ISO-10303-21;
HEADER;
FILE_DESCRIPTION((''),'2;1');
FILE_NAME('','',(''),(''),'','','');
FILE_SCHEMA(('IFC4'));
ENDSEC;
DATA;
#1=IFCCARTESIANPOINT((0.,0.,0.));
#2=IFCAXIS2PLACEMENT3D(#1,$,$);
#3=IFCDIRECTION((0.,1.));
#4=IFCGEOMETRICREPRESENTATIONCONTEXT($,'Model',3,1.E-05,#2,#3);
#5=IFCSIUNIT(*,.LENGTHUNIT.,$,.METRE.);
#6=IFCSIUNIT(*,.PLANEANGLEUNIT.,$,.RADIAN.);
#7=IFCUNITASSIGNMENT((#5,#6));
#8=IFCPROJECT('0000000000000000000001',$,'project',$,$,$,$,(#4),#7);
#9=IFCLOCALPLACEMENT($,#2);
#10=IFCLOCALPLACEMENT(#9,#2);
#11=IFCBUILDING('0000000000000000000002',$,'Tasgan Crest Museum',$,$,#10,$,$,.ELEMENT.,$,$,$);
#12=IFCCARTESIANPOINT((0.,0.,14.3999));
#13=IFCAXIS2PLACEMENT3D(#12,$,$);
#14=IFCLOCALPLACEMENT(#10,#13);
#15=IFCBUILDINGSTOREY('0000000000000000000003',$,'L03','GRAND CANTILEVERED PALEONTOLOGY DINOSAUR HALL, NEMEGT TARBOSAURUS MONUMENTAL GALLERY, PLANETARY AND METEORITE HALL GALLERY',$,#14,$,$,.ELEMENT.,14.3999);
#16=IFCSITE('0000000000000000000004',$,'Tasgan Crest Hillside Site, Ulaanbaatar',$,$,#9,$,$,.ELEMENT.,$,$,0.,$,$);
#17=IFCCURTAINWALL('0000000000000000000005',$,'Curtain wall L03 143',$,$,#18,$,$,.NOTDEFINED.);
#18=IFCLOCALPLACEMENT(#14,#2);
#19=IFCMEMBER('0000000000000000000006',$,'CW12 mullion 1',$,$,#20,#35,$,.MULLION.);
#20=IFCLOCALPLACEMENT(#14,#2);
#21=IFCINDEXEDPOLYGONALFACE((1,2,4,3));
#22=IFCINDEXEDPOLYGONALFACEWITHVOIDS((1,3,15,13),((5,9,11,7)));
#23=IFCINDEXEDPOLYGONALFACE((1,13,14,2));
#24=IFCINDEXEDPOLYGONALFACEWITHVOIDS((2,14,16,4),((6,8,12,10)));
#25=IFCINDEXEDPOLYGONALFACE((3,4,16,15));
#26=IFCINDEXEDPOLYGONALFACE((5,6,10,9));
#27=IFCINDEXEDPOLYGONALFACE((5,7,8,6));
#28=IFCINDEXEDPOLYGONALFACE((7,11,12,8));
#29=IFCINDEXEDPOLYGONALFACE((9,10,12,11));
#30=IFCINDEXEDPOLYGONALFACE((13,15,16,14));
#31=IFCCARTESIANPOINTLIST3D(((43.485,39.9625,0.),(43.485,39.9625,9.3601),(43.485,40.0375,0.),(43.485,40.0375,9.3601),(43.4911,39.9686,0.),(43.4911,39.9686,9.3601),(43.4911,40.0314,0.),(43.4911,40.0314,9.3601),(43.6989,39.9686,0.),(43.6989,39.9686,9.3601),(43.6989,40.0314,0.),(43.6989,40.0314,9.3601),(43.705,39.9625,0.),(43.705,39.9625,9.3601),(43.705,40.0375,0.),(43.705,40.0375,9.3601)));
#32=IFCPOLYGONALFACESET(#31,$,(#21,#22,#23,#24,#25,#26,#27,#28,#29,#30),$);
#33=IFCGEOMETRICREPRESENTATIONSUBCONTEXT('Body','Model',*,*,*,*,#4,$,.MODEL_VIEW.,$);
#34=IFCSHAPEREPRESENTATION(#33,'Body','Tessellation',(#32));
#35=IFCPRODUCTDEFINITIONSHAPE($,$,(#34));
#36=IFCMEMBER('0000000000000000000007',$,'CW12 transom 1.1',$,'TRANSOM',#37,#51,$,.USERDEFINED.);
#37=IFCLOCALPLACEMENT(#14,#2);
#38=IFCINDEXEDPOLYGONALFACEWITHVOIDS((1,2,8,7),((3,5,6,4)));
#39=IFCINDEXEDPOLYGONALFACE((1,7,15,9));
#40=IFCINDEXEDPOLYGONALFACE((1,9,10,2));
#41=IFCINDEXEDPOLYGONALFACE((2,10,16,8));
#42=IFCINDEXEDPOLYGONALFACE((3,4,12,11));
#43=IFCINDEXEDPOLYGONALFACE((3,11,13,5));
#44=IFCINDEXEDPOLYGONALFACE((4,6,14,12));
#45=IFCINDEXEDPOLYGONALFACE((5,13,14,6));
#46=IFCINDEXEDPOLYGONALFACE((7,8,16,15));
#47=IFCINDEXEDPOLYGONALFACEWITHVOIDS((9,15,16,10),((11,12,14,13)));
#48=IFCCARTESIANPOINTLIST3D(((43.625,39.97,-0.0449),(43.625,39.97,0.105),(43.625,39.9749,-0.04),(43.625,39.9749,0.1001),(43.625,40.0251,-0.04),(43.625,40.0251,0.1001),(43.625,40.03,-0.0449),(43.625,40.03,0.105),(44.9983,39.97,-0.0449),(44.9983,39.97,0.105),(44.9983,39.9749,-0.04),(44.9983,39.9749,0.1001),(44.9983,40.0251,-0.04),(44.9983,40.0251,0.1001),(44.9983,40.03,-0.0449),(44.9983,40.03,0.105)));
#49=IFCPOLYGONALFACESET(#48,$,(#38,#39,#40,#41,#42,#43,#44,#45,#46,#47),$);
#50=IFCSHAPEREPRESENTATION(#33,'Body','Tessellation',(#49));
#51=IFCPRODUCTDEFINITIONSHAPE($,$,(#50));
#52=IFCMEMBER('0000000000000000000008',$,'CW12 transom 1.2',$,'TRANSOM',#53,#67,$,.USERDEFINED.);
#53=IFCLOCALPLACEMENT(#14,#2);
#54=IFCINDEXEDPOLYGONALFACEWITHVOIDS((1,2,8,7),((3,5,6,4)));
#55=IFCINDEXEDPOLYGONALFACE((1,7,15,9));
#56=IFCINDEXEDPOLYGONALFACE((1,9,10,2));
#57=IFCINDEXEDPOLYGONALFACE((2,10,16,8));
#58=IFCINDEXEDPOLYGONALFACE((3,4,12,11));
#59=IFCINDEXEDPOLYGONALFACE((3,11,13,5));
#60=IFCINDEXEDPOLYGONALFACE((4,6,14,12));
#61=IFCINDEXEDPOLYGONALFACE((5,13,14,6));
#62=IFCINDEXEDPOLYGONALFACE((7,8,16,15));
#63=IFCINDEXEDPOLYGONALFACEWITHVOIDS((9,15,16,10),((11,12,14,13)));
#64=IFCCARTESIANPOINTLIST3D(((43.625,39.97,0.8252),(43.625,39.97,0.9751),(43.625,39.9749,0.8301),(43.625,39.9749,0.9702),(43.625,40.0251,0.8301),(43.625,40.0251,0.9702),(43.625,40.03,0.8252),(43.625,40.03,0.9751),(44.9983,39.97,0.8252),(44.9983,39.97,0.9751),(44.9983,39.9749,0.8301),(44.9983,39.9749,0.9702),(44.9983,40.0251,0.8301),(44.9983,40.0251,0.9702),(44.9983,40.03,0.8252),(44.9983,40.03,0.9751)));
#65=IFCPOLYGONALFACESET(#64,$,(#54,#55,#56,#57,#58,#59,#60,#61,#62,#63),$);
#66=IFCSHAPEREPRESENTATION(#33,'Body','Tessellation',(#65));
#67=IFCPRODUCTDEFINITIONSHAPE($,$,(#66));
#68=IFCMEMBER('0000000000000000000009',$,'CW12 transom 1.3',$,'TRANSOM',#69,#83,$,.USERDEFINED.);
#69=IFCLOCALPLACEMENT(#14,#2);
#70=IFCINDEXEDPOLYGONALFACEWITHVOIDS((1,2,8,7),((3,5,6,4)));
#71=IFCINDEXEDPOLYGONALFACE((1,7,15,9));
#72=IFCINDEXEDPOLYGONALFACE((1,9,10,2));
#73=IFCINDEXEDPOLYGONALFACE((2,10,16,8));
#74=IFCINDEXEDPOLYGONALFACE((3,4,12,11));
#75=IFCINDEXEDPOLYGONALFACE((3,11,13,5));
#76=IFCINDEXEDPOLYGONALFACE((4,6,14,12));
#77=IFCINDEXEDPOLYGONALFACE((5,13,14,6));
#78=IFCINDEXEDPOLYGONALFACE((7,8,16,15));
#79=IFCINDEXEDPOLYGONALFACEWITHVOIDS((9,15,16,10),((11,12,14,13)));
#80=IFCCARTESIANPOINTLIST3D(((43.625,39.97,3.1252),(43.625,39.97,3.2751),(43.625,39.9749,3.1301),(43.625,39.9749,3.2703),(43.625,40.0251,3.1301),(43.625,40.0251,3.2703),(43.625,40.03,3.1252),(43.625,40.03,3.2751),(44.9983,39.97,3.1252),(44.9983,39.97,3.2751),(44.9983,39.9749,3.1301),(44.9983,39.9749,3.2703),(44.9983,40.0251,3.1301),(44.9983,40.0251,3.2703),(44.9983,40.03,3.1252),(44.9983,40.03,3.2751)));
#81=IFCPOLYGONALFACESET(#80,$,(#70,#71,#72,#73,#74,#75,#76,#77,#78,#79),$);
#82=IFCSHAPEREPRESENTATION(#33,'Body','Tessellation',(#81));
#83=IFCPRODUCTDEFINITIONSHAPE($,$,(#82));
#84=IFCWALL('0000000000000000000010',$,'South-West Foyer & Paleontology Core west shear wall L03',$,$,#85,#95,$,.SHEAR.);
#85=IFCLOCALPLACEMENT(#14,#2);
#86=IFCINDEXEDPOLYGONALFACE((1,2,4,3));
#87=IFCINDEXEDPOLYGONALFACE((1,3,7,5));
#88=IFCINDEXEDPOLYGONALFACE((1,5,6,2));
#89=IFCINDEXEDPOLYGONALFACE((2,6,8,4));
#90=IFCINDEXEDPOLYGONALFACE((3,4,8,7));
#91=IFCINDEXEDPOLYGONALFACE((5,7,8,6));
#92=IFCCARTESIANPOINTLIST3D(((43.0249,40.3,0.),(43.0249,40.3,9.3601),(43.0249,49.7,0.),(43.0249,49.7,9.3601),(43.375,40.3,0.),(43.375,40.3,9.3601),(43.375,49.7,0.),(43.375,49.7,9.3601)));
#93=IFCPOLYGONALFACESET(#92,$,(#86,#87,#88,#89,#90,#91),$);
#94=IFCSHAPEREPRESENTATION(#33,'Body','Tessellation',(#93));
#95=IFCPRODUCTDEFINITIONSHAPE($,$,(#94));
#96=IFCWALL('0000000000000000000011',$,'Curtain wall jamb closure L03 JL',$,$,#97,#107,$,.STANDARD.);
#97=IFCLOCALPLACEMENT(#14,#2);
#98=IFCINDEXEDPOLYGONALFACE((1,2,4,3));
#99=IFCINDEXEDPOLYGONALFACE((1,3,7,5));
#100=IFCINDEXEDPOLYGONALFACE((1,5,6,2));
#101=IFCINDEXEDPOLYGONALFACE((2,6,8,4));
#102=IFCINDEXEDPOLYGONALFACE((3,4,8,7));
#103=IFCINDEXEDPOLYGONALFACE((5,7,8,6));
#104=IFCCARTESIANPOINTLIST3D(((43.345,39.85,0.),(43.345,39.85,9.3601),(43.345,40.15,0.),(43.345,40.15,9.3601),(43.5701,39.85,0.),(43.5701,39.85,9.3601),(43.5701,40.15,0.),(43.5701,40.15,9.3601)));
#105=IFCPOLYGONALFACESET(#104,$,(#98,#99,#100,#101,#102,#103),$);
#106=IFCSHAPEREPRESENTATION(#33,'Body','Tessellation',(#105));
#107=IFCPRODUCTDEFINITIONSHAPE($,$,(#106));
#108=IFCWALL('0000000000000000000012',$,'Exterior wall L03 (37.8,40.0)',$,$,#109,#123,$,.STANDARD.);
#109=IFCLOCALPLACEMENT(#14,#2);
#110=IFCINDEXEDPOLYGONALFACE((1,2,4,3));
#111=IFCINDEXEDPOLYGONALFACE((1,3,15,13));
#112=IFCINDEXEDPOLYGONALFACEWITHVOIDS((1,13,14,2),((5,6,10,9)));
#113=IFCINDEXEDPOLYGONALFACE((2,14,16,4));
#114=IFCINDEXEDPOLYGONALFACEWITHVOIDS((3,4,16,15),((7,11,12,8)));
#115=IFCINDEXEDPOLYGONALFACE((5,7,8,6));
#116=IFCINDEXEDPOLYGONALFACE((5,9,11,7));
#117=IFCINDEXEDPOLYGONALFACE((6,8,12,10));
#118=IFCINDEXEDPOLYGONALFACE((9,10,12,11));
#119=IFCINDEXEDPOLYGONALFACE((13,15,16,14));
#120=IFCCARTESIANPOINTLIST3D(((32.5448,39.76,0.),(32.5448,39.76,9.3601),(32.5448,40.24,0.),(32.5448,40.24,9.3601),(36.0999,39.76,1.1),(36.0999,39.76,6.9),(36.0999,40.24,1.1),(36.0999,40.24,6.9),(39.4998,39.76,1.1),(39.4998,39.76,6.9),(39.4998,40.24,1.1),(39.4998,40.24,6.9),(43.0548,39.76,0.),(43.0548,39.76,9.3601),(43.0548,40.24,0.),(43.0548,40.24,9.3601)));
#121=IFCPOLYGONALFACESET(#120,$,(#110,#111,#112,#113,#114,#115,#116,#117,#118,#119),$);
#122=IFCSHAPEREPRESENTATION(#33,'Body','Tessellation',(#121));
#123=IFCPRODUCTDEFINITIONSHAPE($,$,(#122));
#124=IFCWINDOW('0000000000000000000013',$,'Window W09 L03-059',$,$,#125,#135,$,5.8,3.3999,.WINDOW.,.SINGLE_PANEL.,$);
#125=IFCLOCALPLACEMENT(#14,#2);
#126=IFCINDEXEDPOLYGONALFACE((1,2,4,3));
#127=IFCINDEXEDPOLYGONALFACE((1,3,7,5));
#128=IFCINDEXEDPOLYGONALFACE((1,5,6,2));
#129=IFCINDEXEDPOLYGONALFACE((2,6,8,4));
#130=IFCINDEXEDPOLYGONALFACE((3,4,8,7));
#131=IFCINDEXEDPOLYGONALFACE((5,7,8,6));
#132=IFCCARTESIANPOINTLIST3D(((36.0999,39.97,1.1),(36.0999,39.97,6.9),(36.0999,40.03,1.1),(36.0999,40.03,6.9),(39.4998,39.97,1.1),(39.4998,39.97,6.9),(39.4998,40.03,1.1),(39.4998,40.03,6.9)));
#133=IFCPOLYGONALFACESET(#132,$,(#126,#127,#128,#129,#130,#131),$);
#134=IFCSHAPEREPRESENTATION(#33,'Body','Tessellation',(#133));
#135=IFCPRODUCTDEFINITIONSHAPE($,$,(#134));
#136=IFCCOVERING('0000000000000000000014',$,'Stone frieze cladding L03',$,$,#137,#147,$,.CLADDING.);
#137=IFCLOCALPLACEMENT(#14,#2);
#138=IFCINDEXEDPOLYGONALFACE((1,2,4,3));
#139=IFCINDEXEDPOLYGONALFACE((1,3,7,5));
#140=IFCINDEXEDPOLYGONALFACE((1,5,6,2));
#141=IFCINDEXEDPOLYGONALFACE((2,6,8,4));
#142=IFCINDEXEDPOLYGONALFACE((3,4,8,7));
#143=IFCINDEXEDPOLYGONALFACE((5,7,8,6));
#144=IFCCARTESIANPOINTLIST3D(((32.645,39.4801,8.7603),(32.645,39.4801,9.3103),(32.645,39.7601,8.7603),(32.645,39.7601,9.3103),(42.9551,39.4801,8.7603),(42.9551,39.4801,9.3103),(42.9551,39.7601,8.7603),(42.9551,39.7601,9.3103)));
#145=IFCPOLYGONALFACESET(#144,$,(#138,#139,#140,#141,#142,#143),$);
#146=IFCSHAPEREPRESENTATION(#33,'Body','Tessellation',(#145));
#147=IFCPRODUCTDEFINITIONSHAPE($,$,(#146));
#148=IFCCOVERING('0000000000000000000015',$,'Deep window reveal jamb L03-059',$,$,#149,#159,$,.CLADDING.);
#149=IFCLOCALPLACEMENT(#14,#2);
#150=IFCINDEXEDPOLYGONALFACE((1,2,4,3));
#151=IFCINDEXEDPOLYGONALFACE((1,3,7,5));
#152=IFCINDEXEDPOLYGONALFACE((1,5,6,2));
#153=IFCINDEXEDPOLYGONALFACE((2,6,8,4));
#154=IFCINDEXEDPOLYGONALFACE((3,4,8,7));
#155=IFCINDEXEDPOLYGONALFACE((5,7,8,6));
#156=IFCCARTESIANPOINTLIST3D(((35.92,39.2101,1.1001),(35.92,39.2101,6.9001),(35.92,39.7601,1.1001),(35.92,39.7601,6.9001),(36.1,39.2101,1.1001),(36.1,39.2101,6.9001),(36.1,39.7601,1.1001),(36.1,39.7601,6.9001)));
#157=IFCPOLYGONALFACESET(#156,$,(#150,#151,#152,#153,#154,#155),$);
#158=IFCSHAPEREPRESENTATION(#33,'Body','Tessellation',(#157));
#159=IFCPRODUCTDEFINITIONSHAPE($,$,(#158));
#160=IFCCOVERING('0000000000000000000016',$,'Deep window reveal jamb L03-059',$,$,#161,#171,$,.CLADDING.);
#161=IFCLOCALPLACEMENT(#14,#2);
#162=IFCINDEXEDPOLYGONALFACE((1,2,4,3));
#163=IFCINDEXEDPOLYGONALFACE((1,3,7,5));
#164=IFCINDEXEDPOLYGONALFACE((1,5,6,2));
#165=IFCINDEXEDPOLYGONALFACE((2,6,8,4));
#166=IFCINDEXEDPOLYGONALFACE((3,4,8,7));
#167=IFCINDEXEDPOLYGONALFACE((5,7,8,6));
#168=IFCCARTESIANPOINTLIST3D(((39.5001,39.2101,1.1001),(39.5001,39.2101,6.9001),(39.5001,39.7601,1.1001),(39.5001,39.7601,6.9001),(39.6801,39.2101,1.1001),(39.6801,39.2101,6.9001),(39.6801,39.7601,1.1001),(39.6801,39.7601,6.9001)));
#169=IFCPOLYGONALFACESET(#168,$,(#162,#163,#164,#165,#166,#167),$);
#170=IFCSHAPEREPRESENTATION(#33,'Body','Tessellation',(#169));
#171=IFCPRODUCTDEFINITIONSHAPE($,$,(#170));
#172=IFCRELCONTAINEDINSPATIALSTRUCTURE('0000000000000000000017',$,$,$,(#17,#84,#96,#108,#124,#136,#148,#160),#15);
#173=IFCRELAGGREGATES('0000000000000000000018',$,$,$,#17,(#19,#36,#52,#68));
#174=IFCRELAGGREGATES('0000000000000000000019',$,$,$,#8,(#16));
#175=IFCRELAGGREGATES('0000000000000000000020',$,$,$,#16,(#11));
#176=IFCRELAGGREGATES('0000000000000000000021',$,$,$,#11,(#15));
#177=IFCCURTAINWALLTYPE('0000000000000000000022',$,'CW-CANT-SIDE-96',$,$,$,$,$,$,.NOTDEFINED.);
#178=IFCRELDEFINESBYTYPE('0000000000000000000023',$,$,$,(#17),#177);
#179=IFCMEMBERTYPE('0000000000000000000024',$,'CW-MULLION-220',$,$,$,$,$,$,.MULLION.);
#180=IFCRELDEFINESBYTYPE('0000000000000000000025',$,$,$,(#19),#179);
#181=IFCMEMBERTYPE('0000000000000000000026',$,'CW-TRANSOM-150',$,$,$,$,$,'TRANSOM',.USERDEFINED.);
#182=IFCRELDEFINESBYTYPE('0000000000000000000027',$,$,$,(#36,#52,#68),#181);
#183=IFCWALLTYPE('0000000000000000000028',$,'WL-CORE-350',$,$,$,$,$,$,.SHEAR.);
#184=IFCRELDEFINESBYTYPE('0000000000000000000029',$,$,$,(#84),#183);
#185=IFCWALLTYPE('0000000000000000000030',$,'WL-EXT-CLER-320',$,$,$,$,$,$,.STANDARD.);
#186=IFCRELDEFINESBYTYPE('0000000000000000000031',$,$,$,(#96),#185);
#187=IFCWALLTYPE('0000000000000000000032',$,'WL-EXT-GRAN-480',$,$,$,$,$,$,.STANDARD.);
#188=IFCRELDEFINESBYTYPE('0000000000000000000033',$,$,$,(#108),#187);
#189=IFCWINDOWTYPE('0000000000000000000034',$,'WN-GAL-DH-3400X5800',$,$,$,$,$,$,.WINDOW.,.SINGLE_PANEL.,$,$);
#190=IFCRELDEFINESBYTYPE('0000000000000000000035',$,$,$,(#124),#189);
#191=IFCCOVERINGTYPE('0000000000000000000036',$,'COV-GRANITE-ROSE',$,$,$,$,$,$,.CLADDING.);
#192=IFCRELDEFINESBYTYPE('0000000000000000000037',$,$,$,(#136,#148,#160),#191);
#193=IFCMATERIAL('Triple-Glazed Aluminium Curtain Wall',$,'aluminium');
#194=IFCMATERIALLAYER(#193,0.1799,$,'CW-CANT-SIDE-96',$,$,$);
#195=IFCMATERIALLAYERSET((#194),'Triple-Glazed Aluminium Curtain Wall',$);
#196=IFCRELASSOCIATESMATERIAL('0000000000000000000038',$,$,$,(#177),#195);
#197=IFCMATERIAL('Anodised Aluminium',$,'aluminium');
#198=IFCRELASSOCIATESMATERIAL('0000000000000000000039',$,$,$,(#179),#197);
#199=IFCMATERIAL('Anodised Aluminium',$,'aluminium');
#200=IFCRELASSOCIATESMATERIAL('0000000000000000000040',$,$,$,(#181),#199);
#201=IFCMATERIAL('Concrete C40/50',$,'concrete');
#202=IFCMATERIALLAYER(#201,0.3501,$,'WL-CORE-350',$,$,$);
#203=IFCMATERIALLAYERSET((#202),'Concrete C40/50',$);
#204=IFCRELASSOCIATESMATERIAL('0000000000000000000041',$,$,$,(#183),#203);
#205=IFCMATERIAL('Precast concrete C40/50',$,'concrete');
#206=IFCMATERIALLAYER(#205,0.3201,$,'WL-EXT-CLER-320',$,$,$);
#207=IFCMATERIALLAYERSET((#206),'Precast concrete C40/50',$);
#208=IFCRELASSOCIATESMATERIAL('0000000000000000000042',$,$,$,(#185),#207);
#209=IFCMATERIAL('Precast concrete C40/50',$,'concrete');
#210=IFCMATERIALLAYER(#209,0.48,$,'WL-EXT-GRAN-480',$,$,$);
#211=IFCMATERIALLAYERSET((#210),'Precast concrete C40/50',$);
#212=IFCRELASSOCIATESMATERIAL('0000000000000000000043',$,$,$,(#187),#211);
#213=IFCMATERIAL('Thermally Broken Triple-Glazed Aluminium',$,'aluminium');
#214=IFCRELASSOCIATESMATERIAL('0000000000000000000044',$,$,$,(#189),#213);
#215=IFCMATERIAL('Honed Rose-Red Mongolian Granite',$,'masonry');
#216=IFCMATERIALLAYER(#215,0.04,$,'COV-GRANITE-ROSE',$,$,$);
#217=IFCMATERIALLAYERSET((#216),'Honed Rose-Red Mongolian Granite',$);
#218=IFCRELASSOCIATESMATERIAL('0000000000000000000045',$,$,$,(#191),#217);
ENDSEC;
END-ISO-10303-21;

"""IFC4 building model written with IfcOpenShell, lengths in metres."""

from ifc_helpers import new_model, si_unit, direction, frame, frame_2d, origin, origin_2d, place, context, subcontext, project, spatial, rectangle, hollow_rectangle, extrude, material, layer, layer_set, material_profile, profile_set, type_object, element, fill, aggregate, save


model = new_model("IFC4")

# Units and contexts
model_context = context("Model", 3, precision=1e-05, world=origin(), true_north=direction((0.0, 1.0)))
body_context = subcontext(model_context, "Body", "Model", "MODEL_VIEW")
ifc_project = project(units=[si_unit("LENGTHUNIT", "METRE"), si_unit("PLANEANGLEUNIT", "RADIAN")], contexts=[model_context])

# Site, building, storey
site_placement = place(None, origin())
site = spatial("IfcSite", under=ifc_project, at=site_placement, Name="Tasgan Crest Hillside Site, Ulaanbaatar", CompositionType="ELEMENT", RefElevation=0.0)
building_placement = place(site_placement, origin())
building = spatial("IfcBuilding", under=site, at=building_placement, Name="Tasgan Crest Museum", CompositionType="ELEMENT")
storey_placement = place(building_placement, frame((0.0, 0.0, 14.3999)))
storey = spatial("IfcBuildingStorey", under=building, at=storey_placement, Name="L03", Description="GRAND CANTILEVERED PALEONTOLOGY DINOSAUR HALL, NEMEGT TARBOSAURUS MONUMENTAL GALLERY, PLANETARY AND METEORITE HALL GALLERY", CompositionType="ELEMENT", Elevation=14.3999)

# Curtain wall, members
ifc_material_1 = material(Name="Triple-Glazed Aluminium Curtain Wall", Category="aluminium")
ifc_layer_1 = layer(ifc_material_1, 0.1799, Name="CW-CANT-SIDE-96")
ifc_layer_set_1 = layer_set([ifc_layer_1], Name="Triple-Glazed Aluminium Curtain Wall")
curtain_wall_type = type_object("IfcCurtainWallType", Name="CW-CANT-SIDE-96", PredefinedType="NOTDEFINED", material=ifc_layer_set_1)
curtain_wall_placement = place(storey_placement, origin())
curtain_wall = element("IfcCurtainWall", 1, at=curtain_wall_placement, inside=storey, type_object=curtain_wall_type, Name="Curtain wall L03 143", PredefinedType="NOTDEFINED")
ifc_material_2 = material(Name="Anodised Aluminium", Category="aluminium")
ifc_material_profile_1 = material_profile(ifc_material_2, hollow_rectangle(XDim=0.075, YDim=0.22, WallThickness=0.0061, at=origin_2d()), Name="ALU MULLION 220x75x6")
ifc_profile_set_1 = profile_set([ifc_material_profile_1], Name="Anodised Aluminium")
member_type_1 = type_object("IfcMemberType", Name="CW-MULLION-220", PredefinedType="MULLION", material=ifc_profile_set_1)
member_1_placement = place(storey_placement, frame((43.595, 40.0, 0.0), z_axis=(0.0, 0.0, 1.0), x_axis=(0.0, 1.0, 0.0)))
member_1 = element("IfcMember", 2, at=member_1_placement, type_object=member_type_1, Name="CW12 mullion 1", PredefinedType="MULLION", context=body_context, shape_type="SweptSolid", body=[
    extrude(hollow_rectangle(XDim=0.075, YDim=0.22, WallThickness=0.0061, at=origin_2d()), origin(), (0.0, 0.0, 1.0), 9.3601),
])
ifc_material_3 = material(Name="Anodised Aluminium", Category="aluminium")
ifc_material_profile_2 = material_profile(ifc_material_3, hollow_rectangle(XDim=0.0601, YDim=0.1499, WallThickness=0.0049, at=origin_2d()), Name="ALU TRANSOM 150x60x5")
ifc_profile_set_2 = profile_set([ifc_material_profile_2], Name="Anodised Aluminium")
member_type_2 = type_object("IfcMemberType", Name="CW-TRANSOM-150", ElementType="TRANSOM", PredefinedType="USERDEFINED", material=ifc_profile_set_2)
member_2_placement = place(storey_placement, frame((43.625, 40.0, 0.03), z_axis=(1.0, 0.0, 0.0), x_axis=(0.0, 1.0, 0.0)))
member_2 = element("IfcMember", 3, at=member_2_placement, type_object=member_type_2, Name="CW12 transom 1.1", ObjectType="TRANSOM", PredefinedType="USERDEFINED", context=body_context, shape_type="SweptSolid", body=[
    extrude(hollow_rectangle(XDim=0.0601, YDim=0.1499, WallThickness=0.0049, at=origin_2d()), origin(), (0.0, 0.0, 1.0), 1.3733),
])
member_3_placement = place(storey_placement, frame((43.625, 40.0, 0.9001), z_axis=(1.0, 0.0, 0.0), x_axis=(0.0, 1.0, 0.0)))
member_3 = element("IfcMember", 4, at=member_3_placement, type_object=member_type_2, Name="CW12 transom 1.2", ObjectType="TRANSOM", PredefinedType="USERDEFINED", context=body_context, shape_type="SweptSolid", body=[
    extrude(hollow_rectangle(XDim=0.0601, YDim=0.1499, WallThickness=0.0049, at=origin_2d()), origin(), (0.0, 0.0, 1.0), 1.3733),
])
member_4_placement = place(storey_placement, frame((43.625, 40.0, 3.2002), z_axis=(1.0, 0.0, 0.0), x_axis=(0.0, 1.0, 0.0)))
member_4 = element("IfcMember", 5, at=member_4_placement, type_object=member_type_2, Name="CW12 transom 1.3", ObjectType="TRANSOM", PredefinedType="USERDEFINED", context=body_context, shape_type="SweptSolid", body=[
    extrude(hollow_rectangle(XDim=0.0601, YDim=0.1499, WallThickness=0.0049, at=origin_2d()), origin(), (0.0, 0.0, 1.0), 1.3733),
])
aggregate(curtain_wall, [member_1, member_2, member_3, member_4])

# Walls
ifc_material_4 = material(Name="Concrete C40/50", Category="concrete")
ifc_layer_2 = layer(ifc_material_4, 0.3501, Name="WL-CORE-350")
ifc_layer_set_2 = layer_set([ifc_layer_2], Name="Concrete C40/50")
wall_type_1 = type_object("IfcWallType", Name="WL-CORE-350", PredefinedType="SHEAR", material=ifc_layer_set_2)
wall_1_placement = place(storey_placement, frame((43.2, 40.3, 0.0), z_axis=(0.0, 0.0, 1.0), x_axis=(0.0, 1.0, 0.0)))
element("IfcWall", 6, at=wall_1_placement, inside=storey, type_object=wall_type_1, Name="South-West Foyer & Paleontology Core west shear wall L03", PredefinedType="SHEAR", context=body_context, shape_type="SweptSolid", body=[
    extrude(rectangle(XDim=9.3999, YDim=0.3501, at=frame_2d((4.7, 0.0))), origin(), (0.0, 0.0, 1.0), 9.3601),
])
ifc_material_5 = material(Name="Precast concrete C40/50", Category="concrete")
ifc_layer_3 = layer(ifc_material_5, 0.3201, Name="WL-EXT-CLER-320")
ifc_layer_set_3 = layer_set([ifc_layer_3], Name="Precast concrete C40/50")
wall_type_2 = type_object("IfcWallType", Name="WL-EXT-CLER-320", PredefinedType="STANDARD", material=ifc_layer_set_3)
wall_2_placement = place(storey_placement, frame((43.345, 40.0, 0.0), z_axis=(0.0, 0.0, 1.0), x_axis=(1.0, 0.0, 0.0)))
element("IfcWall", 7, at=wall_2_placement, inside=storey, type_object=wall_type_2, Name="Curtain wall jamb closure L03 JL", PredefinedType="STANDARD", context=body_context, shape_type="SweptSolid", body=[
    extrude(rectangle(XDim=0.2251, YDim=0.3, at=frame_2d((0.1125, 0.0))), origin(), (0.0, 0.0, 1.0), 9.3601),
])

# Wall, opening, window
ifc_material_6 = material(Name="Precast concrete C40/50", Category="concrete")
ifc_layer_4 = layer(ifc_material_6, 0.48, Name="WL-EXT-GRAN-480")
ifc_layer_set_4 = layer_set([ifc_layer_4], Name="Precast concrete C40/50")
wall_type_3 = type_object("IfcWallType", Name="WL-EXT-GRAN-480", PredefinedType="STANDARD", material=ifc_layer_set_4)
wall_3_placement = place(storey_placement, frame((32.5449, 40.0, 0.0), z_axis=(0.0, 0.0, 1.0), x_axis=(1.0, 0.0, 0.0)))
wall_3 = element("IfcWall", 8, at=wall_3_placement, inside=storey, type_object=wall_type_3, Name="Exterior wall L03 (37.8,40.0)", PredefinedType="STANDARD", context=body_context, shape_type="SweptSolid", body=[
    extrude(rectangle(XDim=10.51, YDim=0.48, at=frame_2d((5.2549, 0.0))), origin(), (0.0, 0.0, 1.0), 9.3601),
])
opening_placement = place(wall_3_placement, frame((3.5549, 0.0, 1.1001)))
opening = element("IfcOpeningElement", 9, at=opening_placement, cuts=wall_3, PredefinedType="OPENING", context=body_context, shape_type="SweptSolid", body=[
    extrude(rectangle(XDim=3.3999, YDim=5.8, at=frame_2d((1.7, 2.8999))), frame((0.0, 0.25, 0.0), z_axis=(0.0, -1.0, 0.0), x_axis=(1.0, 0.0, 0.0)), (0.0, 0.0, 1.0), 0.5),
])
ifc_material_7 = material(Name="Thermally Broken Triple-Glazed Aluminium", Category="aluminium")
window_type = type_object("IfcWindowType", Name="WN-GAL-DH-3400X5800", PartitioningType="SINGLE_PANEL", PredefinedType="WINDOW", material=ifc_material_7)
window_placement = place(opening_placement, origin())
window = element("IfcWindow", 10, at=window_placement, inside=storey, type_object=window_type, Name="Window W09 L03-059", OverallHeight=5.8, OverallWidth=3.3999, PartitioningType="SINGLE_PANEL", PredefinedType="WINDOW", context=body_context, shape_type="SweptSolid", body=[
    extrude(rectangle(XDim=3.3999, YDim=5.8, at=frame_2d((1.7, 2.8999))), frame((0.0, 0.03, 0.0), z_axis=(0.0, -1.0, 0.0), x_axis=(1.0, 0.0, 0.0)), (0.0, 0.0, 1.0), 0.0601),
])
fill(opening, window)

# Coverings
ifc_material_8 = material(Name="Honed Rose-Red Mongolian Granite", Category="masonry")
ifc_layer_5 = layer(ifc_material_8, 0.04, Name="COV-GRANITE-ROSE")
ifc_layer_set_5 = layer_set([ifc_layer_5], Name="Honed Rose-Red Mongolian Granite")
covering_type_1 = type_object("IfcCoveringType", Name="COV-GRANITE-ROSE", PredefinedType="CLADDING", material=ifc_layer_set_5)
covering_1_placement = place(storey_placement, frame((37.8, 39.6201, 8.7603), z_axis=(0.0, 0.0, 1.0), x_axis=(1.0, 0.0, 0.0)))
element("IfcCovering", 11, at=covering_1_placement, inside=storey, type_object=covering_type_1, Name="Stone frieze cladding L03", PredefinedType="CLADDING", context=body_context, shape_type="SweptSolid", body=[
    extrude(rectangle(XDim=10.3101, YDim=0.28, at=origin_2d()), origin(), (0.0, 0.0, 1.0), 0.55),
])
for number, where, z_axis, x_axis, name in (
    (12, (36.01, 39.4851, 1.1001), (0.0, 0.0, 1.0), (1.0, 0.0, 0.0), "Deep window reveal jamb L03-059"),
    (13, (39.5901, 39.4851, 1.1001), (0.0, 0.0, 1.0), (1.0, 0.0, 0.0), "Deep window reveal jamb L03-059"),
):
    element("IfcCovering", number, at=place(storey_placement, frame(where, z_axis=z_axis, x_axis=x_axis)), inside=storey, type_object=covering_type_1, Name=name, PredefinedType="CLADDING", context=body_context, shape_type="SweptSolid", body=[
        extrude(rectangle(XDim=0.1799, YDim=0.55, at=origin_2d()), origin(), (0.0, 0.0, 1.0), 5.8),
    ])

save(model, "model.ifc")
